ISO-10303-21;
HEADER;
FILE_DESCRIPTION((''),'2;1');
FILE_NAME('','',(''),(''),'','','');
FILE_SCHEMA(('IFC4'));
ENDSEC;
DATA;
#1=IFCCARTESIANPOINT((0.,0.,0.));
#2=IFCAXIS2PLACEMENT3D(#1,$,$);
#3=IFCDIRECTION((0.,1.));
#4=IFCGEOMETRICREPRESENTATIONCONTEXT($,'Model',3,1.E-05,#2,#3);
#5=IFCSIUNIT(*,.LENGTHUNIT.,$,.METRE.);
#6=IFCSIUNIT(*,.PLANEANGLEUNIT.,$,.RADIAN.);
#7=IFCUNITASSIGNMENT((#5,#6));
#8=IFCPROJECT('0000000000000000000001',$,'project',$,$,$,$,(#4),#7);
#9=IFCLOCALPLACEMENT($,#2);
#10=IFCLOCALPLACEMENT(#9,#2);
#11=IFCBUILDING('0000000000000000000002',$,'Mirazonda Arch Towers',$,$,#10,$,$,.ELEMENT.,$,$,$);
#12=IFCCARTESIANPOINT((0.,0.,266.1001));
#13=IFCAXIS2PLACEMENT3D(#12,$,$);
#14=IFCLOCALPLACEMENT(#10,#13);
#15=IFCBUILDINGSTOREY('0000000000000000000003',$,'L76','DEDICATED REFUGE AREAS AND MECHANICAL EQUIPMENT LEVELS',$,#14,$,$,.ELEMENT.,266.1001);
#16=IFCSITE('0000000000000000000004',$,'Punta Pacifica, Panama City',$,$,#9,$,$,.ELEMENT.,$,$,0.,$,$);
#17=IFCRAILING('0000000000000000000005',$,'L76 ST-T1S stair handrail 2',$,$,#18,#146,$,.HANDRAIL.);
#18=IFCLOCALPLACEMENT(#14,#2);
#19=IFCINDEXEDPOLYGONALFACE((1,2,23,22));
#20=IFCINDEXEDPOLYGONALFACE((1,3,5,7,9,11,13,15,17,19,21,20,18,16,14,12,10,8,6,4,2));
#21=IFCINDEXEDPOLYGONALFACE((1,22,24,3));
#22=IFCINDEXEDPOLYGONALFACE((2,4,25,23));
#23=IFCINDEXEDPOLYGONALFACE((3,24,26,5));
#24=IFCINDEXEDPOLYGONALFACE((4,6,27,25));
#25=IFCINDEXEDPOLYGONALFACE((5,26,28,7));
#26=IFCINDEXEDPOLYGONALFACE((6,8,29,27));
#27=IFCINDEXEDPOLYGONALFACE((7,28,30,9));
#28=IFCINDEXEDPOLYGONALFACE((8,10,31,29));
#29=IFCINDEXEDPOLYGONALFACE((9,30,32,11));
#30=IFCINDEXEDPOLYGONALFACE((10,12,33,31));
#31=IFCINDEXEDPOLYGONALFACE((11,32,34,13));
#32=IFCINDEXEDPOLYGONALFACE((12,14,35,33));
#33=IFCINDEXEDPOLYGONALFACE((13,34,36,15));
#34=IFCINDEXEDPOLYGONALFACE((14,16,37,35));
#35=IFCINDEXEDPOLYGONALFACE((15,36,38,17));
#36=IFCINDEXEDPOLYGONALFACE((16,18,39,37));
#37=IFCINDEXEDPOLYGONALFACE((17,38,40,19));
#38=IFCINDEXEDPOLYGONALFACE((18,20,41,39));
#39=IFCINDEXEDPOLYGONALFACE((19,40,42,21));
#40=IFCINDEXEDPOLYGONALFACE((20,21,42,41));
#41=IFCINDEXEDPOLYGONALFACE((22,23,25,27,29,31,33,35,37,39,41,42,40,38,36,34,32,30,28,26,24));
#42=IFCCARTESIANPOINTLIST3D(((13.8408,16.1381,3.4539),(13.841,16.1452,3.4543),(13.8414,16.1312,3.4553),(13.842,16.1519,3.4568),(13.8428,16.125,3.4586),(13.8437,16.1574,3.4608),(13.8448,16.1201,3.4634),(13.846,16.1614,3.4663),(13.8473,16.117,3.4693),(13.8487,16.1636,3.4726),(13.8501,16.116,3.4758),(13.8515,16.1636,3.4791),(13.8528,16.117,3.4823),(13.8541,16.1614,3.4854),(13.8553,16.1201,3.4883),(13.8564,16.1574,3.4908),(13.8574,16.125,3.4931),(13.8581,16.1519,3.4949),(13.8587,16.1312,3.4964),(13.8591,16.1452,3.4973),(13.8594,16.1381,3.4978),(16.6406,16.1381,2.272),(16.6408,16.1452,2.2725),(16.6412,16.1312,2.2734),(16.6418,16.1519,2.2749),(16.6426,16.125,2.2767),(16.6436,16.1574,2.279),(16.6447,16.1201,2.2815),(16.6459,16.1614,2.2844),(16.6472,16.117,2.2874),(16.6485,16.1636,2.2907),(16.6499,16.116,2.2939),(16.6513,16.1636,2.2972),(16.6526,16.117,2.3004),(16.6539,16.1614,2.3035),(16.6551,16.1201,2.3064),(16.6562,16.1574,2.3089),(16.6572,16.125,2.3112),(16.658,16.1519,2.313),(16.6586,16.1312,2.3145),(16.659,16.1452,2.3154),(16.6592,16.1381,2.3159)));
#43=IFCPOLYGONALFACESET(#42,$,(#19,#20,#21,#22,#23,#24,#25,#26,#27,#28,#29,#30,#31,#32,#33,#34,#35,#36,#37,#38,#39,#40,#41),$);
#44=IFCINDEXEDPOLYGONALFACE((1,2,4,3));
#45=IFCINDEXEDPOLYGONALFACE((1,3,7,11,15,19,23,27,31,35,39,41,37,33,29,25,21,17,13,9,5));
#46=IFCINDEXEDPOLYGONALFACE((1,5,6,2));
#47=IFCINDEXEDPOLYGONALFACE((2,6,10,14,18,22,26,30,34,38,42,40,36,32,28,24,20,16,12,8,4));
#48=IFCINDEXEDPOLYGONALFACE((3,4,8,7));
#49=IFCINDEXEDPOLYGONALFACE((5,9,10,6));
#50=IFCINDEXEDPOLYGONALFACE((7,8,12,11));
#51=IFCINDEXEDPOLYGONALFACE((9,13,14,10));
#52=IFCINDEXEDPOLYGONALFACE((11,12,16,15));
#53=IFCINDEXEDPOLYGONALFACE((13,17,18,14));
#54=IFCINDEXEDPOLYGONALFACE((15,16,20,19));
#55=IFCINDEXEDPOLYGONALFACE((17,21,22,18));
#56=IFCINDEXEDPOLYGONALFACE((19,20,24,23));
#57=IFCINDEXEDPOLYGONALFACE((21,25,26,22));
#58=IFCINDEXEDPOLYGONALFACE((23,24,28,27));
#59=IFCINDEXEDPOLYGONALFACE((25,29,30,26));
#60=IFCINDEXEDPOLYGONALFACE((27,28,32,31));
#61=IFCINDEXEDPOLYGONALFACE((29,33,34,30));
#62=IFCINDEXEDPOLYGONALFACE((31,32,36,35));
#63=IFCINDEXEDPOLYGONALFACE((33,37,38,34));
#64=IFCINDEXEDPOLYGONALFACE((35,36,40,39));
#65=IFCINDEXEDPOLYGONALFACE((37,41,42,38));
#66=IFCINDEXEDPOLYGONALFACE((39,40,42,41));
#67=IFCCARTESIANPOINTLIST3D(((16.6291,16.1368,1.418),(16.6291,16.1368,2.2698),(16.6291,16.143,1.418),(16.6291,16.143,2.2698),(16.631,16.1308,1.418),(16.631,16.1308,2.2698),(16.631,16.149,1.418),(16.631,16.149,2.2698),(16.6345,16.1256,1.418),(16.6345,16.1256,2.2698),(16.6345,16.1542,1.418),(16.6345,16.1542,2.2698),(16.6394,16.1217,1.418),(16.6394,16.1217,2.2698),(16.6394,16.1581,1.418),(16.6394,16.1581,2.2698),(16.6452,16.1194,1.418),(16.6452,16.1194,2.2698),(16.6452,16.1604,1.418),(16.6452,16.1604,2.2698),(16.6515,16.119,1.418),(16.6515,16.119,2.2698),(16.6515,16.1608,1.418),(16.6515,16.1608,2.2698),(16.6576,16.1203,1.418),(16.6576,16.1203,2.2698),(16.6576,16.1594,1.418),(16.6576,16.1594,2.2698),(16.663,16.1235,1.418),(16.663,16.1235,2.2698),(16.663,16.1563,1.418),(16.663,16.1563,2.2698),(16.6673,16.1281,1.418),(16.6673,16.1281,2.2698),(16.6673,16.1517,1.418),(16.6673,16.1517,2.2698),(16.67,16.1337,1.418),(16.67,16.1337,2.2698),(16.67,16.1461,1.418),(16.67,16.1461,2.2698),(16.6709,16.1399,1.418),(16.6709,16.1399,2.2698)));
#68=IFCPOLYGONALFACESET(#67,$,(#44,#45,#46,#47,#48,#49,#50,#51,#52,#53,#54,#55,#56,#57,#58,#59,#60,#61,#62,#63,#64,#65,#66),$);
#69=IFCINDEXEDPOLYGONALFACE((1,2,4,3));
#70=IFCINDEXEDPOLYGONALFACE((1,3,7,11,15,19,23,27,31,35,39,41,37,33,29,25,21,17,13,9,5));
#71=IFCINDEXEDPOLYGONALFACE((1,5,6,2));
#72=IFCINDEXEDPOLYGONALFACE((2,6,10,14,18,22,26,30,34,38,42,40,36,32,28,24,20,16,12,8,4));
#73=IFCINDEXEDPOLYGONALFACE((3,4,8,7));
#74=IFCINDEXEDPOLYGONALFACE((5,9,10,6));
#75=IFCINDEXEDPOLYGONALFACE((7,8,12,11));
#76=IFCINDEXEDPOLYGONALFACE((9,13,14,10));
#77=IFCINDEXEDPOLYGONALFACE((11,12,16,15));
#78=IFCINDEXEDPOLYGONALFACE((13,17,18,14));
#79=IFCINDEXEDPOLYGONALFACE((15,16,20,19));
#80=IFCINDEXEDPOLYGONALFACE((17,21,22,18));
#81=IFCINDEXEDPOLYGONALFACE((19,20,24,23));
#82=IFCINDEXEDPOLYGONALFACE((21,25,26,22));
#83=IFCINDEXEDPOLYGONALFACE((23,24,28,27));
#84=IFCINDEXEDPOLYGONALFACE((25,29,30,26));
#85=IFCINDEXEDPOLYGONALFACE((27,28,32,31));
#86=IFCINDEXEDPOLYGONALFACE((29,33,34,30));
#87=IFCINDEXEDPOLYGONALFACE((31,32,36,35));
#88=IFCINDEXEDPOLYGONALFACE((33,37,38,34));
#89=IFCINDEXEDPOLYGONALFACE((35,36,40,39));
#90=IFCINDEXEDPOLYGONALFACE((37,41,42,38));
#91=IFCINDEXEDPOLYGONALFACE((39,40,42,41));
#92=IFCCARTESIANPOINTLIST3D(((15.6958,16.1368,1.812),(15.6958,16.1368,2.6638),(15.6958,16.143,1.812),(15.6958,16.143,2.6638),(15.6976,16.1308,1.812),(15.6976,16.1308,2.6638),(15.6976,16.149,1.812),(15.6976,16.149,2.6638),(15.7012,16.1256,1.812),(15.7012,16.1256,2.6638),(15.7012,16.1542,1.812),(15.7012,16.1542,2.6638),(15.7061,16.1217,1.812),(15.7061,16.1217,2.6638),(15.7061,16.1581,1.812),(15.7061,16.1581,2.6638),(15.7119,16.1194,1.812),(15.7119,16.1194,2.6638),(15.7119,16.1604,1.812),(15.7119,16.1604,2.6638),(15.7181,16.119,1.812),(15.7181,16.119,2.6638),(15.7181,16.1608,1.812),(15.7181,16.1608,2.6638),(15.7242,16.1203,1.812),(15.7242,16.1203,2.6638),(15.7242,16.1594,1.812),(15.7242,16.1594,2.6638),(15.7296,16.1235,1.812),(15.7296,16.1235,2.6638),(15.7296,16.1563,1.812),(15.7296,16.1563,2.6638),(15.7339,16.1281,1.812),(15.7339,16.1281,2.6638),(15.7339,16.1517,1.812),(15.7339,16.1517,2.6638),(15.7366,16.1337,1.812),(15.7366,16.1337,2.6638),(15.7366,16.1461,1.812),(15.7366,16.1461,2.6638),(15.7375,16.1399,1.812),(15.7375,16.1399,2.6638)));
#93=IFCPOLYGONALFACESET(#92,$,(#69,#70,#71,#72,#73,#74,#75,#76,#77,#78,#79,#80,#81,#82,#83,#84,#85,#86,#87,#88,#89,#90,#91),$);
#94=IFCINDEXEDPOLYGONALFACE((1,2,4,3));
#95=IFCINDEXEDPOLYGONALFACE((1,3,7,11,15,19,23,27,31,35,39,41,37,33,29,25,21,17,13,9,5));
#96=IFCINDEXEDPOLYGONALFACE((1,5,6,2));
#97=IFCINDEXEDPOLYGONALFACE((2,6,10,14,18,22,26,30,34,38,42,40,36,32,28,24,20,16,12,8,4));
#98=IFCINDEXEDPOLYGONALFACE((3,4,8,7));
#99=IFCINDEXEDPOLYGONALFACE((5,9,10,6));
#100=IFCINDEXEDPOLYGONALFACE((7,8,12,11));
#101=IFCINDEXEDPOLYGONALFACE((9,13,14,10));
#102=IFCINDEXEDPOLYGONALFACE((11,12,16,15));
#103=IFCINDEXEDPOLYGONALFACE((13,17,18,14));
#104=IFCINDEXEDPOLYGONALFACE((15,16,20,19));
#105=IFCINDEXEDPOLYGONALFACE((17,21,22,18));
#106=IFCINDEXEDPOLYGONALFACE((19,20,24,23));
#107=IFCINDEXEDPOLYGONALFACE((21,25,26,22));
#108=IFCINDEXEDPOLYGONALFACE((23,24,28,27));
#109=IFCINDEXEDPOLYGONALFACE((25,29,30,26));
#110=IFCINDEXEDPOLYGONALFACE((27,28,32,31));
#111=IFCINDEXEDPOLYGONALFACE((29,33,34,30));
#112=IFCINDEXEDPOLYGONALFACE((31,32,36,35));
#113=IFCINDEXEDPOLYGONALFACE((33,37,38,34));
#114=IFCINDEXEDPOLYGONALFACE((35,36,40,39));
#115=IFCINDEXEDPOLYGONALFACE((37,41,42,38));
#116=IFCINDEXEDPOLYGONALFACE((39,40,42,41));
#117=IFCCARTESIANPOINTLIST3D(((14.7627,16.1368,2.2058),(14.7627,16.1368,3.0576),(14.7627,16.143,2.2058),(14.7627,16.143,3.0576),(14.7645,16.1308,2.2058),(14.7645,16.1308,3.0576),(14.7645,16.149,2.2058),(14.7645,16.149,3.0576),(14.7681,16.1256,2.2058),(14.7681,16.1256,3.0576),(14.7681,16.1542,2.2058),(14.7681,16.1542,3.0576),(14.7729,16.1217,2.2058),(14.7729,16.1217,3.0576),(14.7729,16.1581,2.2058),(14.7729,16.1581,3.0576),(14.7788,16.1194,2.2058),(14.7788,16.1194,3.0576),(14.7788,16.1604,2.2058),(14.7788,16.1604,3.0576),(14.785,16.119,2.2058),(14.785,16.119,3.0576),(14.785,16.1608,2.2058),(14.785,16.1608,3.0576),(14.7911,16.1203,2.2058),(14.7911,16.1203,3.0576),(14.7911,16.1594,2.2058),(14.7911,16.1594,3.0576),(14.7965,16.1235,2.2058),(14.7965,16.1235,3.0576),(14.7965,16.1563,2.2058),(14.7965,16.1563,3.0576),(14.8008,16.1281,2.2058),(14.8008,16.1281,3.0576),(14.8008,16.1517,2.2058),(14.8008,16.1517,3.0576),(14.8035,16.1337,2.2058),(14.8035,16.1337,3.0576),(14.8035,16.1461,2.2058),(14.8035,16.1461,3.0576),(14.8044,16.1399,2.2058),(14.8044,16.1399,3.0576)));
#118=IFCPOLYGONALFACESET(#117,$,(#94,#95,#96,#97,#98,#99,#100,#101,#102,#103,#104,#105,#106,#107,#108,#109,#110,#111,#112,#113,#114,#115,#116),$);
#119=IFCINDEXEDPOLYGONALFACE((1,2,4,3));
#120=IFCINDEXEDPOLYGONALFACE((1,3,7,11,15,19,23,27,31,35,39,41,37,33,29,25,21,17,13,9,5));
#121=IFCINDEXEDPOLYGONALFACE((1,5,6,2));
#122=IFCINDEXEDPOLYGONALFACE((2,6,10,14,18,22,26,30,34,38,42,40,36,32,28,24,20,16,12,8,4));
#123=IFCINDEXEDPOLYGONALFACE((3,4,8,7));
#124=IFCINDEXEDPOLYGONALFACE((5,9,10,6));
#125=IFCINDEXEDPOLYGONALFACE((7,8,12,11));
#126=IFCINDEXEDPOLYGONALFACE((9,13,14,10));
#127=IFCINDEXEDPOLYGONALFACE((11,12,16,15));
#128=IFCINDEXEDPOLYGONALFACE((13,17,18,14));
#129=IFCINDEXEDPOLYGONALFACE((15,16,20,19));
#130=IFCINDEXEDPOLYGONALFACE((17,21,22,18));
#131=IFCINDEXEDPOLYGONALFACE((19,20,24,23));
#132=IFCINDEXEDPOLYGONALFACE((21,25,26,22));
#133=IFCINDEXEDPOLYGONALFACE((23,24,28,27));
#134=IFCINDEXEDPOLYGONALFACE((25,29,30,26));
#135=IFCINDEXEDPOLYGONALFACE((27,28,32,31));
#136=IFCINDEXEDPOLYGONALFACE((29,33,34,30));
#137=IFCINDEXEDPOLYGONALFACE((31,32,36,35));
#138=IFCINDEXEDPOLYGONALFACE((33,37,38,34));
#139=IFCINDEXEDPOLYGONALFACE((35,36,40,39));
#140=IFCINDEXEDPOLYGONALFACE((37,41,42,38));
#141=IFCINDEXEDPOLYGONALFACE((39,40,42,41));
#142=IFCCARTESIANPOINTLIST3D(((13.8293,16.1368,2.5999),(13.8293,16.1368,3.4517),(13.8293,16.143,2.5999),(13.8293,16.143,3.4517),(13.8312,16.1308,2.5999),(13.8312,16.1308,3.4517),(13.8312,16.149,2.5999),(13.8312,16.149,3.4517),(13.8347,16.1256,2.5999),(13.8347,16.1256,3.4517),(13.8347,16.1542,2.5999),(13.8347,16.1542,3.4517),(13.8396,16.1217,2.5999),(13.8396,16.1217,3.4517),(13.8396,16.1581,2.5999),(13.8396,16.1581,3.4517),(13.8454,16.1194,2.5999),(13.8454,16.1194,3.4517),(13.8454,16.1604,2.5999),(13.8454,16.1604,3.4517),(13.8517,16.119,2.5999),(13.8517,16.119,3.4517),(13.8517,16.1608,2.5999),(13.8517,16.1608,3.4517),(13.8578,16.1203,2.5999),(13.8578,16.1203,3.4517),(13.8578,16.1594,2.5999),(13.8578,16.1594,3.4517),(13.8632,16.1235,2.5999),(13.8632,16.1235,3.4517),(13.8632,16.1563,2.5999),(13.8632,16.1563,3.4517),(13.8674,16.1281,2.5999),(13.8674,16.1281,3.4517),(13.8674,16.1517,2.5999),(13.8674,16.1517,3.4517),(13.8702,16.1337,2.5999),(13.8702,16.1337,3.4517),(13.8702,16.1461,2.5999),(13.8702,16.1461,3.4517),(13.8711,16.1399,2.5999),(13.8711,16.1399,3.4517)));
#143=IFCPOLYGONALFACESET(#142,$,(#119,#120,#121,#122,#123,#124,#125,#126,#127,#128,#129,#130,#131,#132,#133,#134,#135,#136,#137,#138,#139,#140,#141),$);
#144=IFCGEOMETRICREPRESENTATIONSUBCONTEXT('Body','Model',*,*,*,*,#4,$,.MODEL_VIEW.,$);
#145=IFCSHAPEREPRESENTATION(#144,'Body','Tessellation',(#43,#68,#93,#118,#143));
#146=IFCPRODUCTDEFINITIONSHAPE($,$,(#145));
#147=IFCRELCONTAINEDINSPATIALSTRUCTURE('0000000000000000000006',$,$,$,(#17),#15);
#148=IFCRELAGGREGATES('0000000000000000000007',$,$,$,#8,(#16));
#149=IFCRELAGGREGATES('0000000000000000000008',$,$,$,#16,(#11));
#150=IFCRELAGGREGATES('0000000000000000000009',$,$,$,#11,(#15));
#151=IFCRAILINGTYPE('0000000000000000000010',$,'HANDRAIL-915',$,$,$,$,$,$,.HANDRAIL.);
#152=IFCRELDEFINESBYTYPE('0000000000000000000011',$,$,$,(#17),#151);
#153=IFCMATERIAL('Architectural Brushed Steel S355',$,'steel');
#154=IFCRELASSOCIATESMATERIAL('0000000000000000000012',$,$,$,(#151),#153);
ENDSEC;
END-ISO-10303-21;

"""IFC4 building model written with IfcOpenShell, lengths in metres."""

from ifc_helpers import new_model, si_unit, direction, frame, origin, origin_2d, place, context, subcontext, project, spatial, circle, extrude, material, type_object, element, save


model = new_model("IFC4")

# Units and contexts
model_context = context("Model", 3, precision=1e-05, world=origin(), true_north=direction((0.0, 1.0)))
body_context = subcontext(model_context, "Body", "Model", "MODEL_VIEW")
ifc_project = project(units=[si_unit("LENGTHUNIT", "METRE"), si_unit("PLANEANGLEUNIT", "RADIAN")], contexts=[model_context])

# Site, building, storey
site_placement = place(None, origin())
site = spatial("IfcSite", under=ifc_project, at=site_placement, Name="Punta Pacifica, Panama City", CompositionType="ELEMENT", RefElevation=0.0)
building_placement = place(site_placement, origin())
building = spatial("IfcBuilding", under=site, at=building_placement, Name="Mirazonda Arch Towers", CompositionType="ELEMENT")
storey_placement = place(building_placement, frame((0.0, 0.0, 266.1001)))
storey = spatial("IfcBuildingStorey", under=building, at=storey_placement, Name="L76", Description="DEDICATED REFUGE AREAS AND MECHANICAL EQUIPMENT LEVELS", CompositionType="ELEMENT", Elevation=266.1001)

# Shared definitions
ifc_material_1 = material(Name="Architectural Brushed Steel S355", Category="steel")

# Railing
railing_type_1 = type_object("IfcRailingType", Name="HANDRAIL-915", PredefinedType="HANDRAIL", material=ifc_material_1)
railing_1_placement = place(storey_placement, frame((16.6499, 16.1399, 1.418)))
element("IfcRailing", 1, at=railing_1_placement, inside=storey, type_object=railing_type_1, Name="L76 ST-T1S stair handrail 2", PredefinedType="HANDRAIL", context=body_context, shape_type="SweptSolid", body=[
    extrude(circle(Radius=0.0239, at=origin_2d()), frame((0.0, 0.0, 0.876), z_axis=(-0.92128, 0.0, 0.388901), x_axis=(0.0, -1.0, 0.0)), (0.0, 0.0, 1.0), 3.0391),
    extrude(circle(Radius=0.021, at=origin_2d()), origin(), (0.0, 0.0, 1.0), 0.8518),
    extrude(circle(Radius=0.021, at=origin_2d()), frame((-0.9333, 0.0, 0.394)), (0.0, 0.0, 1.0), 0.8518),
    extrude(circle(Radius=0.021, at=origin_2d()), frame((-1.8665, 0.0, 0.7878)), (0.0, 0.0, 1.0), 0.8518),
    extrude(circle(Radius=0.021, at=origin_2d()), frame((-2.7998, 0.0, 1.1819)), (0.0, 0.0, 1.0), 0.8518),
])

save(model, "model.ifc")
